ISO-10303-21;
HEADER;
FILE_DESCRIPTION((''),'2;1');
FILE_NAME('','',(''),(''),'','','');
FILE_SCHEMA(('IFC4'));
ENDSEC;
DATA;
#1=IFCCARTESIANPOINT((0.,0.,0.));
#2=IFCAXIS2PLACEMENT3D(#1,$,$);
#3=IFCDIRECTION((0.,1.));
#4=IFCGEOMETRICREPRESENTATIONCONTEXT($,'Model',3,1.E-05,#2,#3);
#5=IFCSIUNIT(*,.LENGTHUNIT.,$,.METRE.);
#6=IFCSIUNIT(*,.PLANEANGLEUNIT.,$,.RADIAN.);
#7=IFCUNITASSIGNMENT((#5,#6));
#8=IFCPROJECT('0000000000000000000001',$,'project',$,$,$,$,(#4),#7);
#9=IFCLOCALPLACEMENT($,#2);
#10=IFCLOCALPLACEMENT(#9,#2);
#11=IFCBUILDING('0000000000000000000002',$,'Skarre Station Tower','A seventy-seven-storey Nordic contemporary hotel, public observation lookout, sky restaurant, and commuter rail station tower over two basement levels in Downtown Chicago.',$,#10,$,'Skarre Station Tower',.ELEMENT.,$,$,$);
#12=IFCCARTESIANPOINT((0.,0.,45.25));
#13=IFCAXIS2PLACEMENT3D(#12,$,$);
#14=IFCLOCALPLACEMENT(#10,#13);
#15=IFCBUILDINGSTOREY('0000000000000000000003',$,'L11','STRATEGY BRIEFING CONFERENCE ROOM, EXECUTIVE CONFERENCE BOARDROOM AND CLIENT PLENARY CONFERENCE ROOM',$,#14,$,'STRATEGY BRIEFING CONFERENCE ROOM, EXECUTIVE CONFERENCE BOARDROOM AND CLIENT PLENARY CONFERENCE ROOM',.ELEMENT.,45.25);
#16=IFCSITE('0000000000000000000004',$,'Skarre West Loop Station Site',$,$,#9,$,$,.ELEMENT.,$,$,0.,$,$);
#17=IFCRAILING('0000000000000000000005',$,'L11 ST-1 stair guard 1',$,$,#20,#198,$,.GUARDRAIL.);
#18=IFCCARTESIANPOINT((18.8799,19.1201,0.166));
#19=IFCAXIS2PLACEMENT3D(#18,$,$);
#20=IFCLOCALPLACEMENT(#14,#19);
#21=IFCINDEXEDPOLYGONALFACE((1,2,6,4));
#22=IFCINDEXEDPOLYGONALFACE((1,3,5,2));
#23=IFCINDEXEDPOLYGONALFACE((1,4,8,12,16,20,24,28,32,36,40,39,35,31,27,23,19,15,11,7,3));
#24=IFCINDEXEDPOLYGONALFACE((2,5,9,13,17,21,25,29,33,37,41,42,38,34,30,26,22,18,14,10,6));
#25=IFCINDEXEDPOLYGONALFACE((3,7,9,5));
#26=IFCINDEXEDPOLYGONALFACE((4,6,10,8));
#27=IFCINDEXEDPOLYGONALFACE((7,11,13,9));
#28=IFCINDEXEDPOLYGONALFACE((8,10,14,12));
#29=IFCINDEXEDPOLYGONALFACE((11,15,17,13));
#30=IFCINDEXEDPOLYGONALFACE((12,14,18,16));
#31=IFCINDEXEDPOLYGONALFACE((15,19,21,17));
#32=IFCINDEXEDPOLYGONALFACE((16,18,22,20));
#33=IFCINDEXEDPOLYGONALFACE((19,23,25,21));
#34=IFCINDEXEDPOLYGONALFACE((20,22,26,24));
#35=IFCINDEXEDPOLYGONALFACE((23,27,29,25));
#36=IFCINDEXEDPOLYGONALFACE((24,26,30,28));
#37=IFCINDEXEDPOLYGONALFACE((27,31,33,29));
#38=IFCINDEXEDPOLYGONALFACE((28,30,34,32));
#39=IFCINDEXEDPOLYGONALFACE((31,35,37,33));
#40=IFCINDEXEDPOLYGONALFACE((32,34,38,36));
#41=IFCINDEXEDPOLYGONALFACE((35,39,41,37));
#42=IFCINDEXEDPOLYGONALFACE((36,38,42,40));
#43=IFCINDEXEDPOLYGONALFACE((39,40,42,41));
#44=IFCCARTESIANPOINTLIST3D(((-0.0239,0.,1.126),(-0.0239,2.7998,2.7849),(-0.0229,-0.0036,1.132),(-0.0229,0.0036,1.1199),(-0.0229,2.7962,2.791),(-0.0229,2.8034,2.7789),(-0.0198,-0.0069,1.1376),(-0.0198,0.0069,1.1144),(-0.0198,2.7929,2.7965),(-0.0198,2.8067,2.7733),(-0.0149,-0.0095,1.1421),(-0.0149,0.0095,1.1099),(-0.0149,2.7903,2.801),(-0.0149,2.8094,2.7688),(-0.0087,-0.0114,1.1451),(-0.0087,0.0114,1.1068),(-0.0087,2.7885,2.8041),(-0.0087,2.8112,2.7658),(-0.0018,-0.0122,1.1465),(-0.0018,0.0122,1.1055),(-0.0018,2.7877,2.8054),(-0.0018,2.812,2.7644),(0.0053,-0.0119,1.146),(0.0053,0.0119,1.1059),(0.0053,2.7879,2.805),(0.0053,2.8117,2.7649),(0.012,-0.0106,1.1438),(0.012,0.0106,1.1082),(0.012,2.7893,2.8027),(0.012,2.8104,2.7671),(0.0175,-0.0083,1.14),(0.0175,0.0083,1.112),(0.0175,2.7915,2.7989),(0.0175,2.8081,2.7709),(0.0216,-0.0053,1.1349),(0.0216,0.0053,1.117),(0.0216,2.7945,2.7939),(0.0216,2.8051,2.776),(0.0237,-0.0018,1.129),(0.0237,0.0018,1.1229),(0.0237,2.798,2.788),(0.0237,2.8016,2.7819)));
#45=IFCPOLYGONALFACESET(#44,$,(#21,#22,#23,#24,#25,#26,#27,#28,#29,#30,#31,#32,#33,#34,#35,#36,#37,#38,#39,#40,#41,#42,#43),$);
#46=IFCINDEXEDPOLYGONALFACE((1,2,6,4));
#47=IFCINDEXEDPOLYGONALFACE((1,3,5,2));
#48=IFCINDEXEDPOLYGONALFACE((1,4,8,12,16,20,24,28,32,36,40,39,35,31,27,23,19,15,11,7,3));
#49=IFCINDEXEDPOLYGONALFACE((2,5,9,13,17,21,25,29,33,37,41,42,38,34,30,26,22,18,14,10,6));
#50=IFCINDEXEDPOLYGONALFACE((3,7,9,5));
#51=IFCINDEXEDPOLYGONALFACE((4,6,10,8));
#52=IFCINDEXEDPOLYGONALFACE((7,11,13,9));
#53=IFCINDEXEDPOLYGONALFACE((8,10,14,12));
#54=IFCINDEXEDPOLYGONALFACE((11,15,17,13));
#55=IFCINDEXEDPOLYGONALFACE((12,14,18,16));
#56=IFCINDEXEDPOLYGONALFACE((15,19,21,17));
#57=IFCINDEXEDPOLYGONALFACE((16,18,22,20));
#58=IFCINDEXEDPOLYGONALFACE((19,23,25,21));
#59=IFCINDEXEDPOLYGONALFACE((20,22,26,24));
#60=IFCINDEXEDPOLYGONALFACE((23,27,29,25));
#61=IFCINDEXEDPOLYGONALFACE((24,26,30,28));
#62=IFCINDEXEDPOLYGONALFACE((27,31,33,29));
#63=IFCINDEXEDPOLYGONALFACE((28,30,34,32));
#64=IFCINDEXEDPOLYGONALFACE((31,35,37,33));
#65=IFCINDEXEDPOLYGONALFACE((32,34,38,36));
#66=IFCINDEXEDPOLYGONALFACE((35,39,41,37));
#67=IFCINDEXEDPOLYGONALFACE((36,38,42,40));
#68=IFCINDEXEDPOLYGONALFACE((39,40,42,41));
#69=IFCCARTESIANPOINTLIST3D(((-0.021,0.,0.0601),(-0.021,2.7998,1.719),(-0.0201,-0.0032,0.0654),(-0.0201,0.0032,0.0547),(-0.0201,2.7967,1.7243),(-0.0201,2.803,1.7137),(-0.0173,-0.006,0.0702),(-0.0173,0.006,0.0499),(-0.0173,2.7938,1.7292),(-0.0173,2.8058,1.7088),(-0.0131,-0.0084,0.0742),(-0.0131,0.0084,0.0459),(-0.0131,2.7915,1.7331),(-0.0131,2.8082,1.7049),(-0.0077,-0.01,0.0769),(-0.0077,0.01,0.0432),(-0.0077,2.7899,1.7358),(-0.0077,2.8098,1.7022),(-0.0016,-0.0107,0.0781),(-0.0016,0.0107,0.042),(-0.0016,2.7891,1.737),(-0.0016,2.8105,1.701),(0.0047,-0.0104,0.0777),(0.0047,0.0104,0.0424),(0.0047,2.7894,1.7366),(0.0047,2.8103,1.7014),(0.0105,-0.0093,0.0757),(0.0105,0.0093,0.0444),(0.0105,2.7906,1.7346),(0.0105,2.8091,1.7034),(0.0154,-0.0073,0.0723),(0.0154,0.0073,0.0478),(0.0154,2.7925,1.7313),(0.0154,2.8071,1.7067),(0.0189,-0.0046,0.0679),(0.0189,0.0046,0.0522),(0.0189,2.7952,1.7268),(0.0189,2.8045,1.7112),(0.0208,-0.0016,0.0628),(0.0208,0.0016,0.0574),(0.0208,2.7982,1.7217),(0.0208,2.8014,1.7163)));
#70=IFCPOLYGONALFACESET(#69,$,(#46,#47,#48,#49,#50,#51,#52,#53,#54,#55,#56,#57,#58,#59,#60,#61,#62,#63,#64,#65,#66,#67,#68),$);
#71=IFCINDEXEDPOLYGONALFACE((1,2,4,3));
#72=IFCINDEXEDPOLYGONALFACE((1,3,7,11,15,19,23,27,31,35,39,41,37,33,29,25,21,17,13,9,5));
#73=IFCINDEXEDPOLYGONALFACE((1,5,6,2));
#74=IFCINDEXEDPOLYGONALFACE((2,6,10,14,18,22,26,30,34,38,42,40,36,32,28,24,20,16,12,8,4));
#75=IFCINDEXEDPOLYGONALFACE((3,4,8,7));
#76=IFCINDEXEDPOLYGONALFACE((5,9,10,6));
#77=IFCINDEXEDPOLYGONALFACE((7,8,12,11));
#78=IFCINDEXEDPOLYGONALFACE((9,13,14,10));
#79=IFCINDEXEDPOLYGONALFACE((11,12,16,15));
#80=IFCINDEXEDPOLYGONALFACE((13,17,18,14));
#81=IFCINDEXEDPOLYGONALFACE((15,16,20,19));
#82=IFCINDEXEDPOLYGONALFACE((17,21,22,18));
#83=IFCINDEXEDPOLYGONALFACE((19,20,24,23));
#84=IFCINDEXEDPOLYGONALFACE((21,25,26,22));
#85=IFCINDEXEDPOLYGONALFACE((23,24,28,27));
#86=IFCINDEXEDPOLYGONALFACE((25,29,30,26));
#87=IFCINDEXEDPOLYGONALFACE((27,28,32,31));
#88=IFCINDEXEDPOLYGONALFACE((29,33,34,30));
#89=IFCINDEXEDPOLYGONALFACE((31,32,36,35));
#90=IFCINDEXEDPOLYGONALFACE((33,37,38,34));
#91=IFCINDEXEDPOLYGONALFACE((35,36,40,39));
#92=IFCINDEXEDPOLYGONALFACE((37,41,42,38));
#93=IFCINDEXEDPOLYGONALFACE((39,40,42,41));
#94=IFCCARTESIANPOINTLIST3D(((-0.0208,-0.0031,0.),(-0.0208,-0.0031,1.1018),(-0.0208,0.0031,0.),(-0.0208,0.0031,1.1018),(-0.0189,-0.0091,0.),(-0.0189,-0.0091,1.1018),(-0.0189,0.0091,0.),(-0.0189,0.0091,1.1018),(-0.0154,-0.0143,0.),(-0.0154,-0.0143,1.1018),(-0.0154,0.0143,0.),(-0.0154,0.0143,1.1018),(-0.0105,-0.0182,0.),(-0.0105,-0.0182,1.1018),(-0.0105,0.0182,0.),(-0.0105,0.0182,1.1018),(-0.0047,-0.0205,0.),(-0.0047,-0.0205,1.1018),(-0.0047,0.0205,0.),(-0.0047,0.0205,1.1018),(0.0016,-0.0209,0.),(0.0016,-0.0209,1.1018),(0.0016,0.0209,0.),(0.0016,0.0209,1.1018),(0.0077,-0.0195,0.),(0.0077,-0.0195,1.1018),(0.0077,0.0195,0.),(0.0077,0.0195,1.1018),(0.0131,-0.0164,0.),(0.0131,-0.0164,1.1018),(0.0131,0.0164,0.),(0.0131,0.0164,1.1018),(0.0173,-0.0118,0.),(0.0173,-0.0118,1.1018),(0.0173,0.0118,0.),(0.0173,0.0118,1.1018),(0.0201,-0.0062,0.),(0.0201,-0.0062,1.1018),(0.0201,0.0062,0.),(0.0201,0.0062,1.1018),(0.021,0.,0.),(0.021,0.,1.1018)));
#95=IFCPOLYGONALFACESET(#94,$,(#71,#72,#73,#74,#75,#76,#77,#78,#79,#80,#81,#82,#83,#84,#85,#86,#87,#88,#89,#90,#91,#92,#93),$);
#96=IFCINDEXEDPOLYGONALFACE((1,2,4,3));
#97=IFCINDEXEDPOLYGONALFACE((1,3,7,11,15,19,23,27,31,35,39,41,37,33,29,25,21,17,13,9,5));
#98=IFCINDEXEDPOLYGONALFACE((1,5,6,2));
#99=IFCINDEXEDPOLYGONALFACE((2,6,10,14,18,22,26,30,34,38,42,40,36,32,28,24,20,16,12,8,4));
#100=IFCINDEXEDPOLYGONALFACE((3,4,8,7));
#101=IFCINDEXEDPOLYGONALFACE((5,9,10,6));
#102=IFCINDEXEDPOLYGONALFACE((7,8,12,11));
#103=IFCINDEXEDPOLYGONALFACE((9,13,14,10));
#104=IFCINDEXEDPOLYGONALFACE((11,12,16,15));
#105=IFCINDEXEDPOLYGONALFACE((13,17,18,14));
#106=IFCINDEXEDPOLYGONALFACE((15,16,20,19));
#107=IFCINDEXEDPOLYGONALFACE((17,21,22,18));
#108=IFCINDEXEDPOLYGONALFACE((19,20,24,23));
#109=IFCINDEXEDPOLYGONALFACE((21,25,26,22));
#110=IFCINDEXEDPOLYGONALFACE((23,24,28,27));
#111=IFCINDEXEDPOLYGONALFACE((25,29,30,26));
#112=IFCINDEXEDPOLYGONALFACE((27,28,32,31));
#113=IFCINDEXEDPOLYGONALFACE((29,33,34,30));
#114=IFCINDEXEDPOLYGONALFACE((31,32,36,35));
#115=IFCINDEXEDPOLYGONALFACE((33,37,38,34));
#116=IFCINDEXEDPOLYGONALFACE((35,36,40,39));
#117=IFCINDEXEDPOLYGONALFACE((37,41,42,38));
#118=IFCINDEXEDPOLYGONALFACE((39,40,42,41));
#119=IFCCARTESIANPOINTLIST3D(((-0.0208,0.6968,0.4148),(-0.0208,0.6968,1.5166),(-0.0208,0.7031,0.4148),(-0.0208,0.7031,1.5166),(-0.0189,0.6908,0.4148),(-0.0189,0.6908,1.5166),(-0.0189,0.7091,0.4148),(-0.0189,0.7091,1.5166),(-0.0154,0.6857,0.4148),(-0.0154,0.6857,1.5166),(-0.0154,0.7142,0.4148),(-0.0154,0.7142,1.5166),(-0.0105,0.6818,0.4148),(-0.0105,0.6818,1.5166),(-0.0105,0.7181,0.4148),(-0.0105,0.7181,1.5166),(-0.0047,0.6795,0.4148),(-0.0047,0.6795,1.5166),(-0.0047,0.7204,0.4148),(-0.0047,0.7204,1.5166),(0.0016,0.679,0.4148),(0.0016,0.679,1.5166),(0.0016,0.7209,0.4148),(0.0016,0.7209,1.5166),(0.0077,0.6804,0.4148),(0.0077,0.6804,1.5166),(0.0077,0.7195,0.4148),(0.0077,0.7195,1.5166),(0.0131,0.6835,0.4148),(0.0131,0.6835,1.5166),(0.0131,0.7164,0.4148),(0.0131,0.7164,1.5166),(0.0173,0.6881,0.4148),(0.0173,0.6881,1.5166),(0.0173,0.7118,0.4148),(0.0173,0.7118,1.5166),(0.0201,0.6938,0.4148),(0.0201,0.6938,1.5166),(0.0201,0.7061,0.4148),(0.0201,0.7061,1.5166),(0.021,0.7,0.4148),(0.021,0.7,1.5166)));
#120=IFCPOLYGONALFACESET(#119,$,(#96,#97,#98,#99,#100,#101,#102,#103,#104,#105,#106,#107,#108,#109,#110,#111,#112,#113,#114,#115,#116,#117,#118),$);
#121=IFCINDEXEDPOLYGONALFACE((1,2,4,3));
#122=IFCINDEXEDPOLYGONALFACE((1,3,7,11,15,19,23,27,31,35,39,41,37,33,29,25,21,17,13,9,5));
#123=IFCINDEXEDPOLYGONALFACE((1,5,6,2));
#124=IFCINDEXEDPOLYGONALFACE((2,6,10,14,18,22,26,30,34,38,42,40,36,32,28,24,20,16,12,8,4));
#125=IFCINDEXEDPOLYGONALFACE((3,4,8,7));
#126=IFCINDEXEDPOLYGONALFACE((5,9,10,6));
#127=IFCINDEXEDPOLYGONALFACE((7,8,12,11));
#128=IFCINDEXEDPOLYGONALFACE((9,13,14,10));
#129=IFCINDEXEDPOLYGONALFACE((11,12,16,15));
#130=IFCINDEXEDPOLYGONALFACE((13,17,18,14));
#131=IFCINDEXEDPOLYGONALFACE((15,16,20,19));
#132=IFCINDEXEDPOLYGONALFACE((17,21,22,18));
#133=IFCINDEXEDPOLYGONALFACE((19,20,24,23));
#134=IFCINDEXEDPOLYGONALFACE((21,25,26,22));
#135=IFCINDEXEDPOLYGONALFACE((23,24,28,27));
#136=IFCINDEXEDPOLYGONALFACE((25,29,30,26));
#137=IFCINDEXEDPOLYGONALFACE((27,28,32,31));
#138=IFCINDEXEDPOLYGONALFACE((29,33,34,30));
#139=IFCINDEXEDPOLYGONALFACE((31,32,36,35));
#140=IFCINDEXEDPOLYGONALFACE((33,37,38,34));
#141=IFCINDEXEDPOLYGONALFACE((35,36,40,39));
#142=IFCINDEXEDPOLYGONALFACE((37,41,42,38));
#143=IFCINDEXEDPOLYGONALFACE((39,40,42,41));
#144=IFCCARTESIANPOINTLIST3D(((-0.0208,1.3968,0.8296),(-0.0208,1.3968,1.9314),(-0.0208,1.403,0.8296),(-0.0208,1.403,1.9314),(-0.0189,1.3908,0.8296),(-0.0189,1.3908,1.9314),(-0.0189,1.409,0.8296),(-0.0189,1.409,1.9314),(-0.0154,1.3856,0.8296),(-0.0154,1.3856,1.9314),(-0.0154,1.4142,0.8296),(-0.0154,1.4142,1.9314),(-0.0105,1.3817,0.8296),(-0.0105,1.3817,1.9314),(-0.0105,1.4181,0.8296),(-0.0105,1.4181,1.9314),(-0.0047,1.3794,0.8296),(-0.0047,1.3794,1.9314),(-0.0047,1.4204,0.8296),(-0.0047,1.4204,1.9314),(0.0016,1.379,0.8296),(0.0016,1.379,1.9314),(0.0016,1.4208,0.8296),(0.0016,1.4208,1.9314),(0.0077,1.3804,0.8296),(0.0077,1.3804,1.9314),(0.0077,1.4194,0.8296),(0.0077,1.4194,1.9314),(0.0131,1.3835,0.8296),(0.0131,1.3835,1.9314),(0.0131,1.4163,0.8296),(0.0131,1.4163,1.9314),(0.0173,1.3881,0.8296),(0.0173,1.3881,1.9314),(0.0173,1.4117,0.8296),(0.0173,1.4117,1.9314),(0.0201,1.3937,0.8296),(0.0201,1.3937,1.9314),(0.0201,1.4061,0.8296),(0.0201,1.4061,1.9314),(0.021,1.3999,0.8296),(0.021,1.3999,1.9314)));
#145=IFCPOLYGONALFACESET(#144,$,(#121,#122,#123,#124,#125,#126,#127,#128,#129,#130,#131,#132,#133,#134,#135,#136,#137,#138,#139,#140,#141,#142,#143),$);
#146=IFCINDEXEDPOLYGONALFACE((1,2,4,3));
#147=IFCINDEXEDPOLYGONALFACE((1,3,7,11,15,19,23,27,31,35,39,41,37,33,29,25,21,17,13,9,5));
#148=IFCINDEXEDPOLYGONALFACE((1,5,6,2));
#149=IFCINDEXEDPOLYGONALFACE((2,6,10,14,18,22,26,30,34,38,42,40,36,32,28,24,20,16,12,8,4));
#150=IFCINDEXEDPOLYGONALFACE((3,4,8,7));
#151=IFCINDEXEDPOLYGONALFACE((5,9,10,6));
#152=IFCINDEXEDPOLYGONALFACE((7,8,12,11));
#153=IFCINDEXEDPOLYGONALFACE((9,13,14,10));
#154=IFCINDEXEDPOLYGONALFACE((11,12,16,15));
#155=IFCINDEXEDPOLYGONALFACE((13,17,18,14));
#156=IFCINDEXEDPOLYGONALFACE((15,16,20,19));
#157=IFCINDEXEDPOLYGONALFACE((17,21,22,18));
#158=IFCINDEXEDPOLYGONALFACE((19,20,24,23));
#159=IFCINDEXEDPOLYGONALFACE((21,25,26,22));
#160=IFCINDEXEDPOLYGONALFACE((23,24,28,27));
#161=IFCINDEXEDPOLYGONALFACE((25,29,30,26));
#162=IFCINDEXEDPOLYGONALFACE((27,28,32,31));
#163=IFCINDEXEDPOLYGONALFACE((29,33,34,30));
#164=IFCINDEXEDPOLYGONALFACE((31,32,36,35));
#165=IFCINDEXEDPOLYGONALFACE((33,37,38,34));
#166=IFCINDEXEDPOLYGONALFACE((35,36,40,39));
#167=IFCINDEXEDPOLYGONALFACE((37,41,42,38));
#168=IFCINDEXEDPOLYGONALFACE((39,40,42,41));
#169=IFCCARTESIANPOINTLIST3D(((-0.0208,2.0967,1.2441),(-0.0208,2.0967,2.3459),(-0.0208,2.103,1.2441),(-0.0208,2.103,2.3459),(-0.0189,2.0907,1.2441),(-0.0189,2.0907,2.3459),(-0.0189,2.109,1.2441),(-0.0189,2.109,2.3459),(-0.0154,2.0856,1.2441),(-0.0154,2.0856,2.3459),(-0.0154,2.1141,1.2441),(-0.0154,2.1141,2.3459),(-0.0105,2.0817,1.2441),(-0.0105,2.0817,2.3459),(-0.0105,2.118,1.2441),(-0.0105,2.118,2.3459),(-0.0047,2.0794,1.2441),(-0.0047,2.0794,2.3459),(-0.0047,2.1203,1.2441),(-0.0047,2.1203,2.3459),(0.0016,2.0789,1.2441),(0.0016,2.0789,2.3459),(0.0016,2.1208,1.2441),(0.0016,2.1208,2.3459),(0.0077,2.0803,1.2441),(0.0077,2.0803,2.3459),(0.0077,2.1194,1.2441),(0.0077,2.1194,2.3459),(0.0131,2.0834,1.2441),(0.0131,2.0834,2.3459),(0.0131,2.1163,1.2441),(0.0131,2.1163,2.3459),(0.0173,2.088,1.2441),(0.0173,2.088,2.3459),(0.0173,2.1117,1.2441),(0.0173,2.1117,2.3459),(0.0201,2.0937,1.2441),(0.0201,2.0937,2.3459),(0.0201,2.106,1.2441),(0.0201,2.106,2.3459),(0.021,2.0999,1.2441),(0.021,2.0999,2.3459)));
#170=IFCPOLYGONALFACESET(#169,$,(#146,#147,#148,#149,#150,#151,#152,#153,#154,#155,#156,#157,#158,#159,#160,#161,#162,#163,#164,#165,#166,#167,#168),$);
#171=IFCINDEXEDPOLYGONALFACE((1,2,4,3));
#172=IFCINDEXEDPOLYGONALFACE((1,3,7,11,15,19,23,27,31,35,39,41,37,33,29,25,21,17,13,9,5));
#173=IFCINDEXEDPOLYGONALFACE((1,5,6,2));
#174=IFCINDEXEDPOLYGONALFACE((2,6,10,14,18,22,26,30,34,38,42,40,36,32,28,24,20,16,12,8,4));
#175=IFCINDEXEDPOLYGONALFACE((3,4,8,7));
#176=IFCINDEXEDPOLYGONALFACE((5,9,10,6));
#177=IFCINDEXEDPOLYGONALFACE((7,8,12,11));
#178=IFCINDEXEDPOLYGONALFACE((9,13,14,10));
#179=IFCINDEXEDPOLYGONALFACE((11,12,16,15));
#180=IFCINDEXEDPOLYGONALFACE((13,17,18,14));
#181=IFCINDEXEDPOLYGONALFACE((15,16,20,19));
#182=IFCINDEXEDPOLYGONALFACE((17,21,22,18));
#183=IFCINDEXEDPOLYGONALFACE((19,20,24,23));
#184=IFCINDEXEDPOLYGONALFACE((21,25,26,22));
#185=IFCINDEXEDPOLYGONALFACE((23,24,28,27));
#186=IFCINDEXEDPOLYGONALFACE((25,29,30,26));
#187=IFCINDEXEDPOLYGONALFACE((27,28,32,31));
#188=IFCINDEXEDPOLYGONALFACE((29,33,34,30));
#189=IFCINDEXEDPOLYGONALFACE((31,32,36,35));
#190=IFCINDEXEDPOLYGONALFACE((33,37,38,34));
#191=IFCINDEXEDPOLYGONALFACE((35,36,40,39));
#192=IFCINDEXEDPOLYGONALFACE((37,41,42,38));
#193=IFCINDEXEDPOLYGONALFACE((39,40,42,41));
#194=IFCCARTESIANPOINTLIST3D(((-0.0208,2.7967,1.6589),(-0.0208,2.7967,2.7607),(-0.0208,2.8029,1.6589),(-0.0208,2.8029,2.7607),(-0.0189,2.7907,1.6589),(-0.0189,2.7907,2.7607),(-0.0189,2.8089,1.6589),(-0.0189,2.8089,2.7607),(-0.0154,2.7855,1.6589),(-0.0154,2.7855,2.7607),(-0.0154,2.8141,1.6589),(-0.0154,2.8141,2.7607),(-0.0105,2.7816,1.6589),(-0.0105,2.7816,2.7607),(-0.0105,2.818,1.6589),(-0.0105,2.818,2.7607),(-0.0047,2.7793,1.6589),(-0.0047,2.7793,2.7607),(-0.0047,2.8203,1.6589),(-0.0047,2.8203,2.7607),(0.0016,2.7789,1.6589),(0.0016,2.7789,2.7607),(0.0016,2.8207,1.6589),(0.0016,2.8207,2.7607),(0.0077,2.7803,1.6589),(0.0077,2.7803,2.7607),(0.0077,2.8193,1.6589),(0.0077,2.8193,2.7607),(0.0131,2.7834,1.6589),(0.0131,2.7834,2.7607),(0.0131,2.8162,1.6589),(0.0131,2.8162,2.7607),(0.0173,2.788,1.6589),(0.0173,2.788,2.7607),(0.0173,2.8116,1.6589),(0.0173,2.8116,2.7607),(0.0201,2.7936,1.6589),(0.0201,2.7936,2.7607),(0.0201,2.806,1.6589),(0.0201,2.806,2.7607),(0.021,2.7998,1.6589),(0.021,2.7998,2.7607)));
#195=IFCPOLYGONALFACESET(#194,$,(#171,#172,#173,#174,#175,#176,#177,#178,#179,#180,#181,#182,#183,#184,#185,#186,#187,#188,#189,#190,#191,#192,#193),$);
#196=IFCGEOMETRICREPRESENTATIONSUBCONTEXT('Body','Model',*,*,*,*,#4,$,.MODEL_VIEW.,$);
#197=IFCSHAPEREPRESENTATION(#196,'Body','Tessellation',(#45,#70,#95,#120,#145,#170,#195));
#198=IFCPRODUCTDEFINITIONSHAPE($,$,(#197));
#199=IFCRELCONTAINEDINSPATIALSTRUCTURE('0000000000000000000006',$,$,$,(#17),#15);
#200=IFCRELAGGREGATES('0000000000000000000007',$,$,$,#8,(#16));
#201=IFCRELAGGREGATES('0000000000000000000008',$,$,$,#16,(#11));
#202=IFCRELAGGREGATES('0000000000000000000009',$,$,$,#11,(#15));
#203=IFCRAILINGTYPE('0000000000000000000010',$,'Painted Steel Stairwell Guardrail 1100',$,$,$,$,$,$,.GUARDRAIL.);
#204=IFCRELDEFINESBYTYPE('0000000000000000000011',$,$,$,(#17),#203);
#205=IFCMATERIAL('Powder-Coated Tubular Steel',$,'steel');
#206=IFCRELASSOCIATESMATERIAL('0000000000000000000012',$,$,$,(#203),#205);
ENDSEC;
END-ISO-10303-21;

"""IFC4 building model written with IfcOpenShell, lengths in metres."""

from ifc_helpers import new_model, si_unit, direction, frame, origin, origin_2d, place, context, subcontext, project, spatial, circle, extrude, material, type_object, element, save


model = new_model("IFC4")

# Units and contexts
model_context = context("Model", 3, precision=1e-05, world=origin(), true_north=direction((0.0, 1.0)))
body_context = subcontext(model_context, "Body", "Model", "MODEL_VIEW")
ifc_project = project(units=[si_unit("LENGTHUNIT", "METRE"), si_unit("PLANEANGLEUNIT", "RADIAN")], contexts=[model_context])

# Site, building, storey
site_placement = place(None, origin())
site = spatial("IfcSite", under=ifc_project, at=site_placement, Name="Skarre West Loop Station Site", CompositionType="ELEMENT", RefElevation=0.0)
building_placement = place(site_placement, origin())
building = spatial("IfcBuilding", under=site, at=building_placement, Name="Skarre Station Tower", Description="A seventy-seven-storey Nordic contemporary hotel, public observation lookout, sky restaurant, and commuter rail station tower over two basement levels in Downtown Chicago.", LongName="Skarre Station Tower", CompositionType="ELEMENT")
storey_placement = place(building_placement, frame((0.0, 0.0, 45.25)))
storey = spatial("IfcBuildingStorey", under=building, at=storey_placement, Name="L11", Description="STRATEGY BRIEFING CONFERENCE ROOM, EXECUTIVE CONFERENCE BOARDROOM AND CLIENT PLENARY CONFERENCE ROOM", LongName="STRATEGY BRIEFING CONFERENCE ROOM, EXECUTIVE CONFERENCE BOARDROOM AND CLIENT PLENARY CONFERENCE ROOM", CompositionType="ELEMENT", Elevation=45.25)

# Railing
ifc_material_1 = material(Name="Powder-Coated Tubular Steel", Category="steel")
railing_type_1 = type_object("IfcRailingType", Name="Painted Steel Stairwell Guardrail 1100", PredefinedType="GUARDRAIL", material=ifc_material_1)
railing_1_placement = place(storey_placement, frame((18.8799, 19.1201, 0.166)))
element("IfcRailing", 1, at=railing_1_placement, inside=storey, type_object=railing_type_1, Name="L11 ST-1 stair guard 1", PredefinedType="GUARDRAIL", context=body_context, shape_type="SweptSolid", body=[
    extrude(circle(Radius=0.0239, at=origin_2d()), frame((0.0, 0.0, 1.126), z_axis=(0.0, 0.86032, 0.509755), x_axis=(-1.0, 0.0, 0.0)), (0.0, 0.0, 1.0), 3.2544),
    extrude(circle(Radius=0.021, at=origin_2d()), frame((0.0, 0.0, 0.0601), z_axis=(0.0, 0.86032, 0.509755), x_axis=(-1.0, 0.0, 0.0)), (0.0, 0.0, 1.0), 3.2544),
    extrude(circle(Radius=0.021, at=origin_2d()), origin(), (0.0, 0.0, 1.0), 1.1018),
    extrude(circle(Radius=0.021, at=origin_2d()), frame((0.0, 0.7, 0.4148)), (0.0, 0.0, 1.0), 1.1018),
    extrude(circle(Radius=0.021, at=origin_2d()), frame((0.0, 1.3999, 0.8296)), (0.0, 0.0, 1.0), 1.1018),
    extrude(circle(Radius=0.021, at=origin_2d()), frame((0.0, 2.0999, 1.2441)), (0.0, 0.0, 1.0), 1.1018),
    extrude(circle(Radius=0.021, at=origin_2d()), frame((0.0, 2.7998, 1.6589)), (0.0, 0.0, 1.0), 1.1018),
])

save(model, "model.ifc")
